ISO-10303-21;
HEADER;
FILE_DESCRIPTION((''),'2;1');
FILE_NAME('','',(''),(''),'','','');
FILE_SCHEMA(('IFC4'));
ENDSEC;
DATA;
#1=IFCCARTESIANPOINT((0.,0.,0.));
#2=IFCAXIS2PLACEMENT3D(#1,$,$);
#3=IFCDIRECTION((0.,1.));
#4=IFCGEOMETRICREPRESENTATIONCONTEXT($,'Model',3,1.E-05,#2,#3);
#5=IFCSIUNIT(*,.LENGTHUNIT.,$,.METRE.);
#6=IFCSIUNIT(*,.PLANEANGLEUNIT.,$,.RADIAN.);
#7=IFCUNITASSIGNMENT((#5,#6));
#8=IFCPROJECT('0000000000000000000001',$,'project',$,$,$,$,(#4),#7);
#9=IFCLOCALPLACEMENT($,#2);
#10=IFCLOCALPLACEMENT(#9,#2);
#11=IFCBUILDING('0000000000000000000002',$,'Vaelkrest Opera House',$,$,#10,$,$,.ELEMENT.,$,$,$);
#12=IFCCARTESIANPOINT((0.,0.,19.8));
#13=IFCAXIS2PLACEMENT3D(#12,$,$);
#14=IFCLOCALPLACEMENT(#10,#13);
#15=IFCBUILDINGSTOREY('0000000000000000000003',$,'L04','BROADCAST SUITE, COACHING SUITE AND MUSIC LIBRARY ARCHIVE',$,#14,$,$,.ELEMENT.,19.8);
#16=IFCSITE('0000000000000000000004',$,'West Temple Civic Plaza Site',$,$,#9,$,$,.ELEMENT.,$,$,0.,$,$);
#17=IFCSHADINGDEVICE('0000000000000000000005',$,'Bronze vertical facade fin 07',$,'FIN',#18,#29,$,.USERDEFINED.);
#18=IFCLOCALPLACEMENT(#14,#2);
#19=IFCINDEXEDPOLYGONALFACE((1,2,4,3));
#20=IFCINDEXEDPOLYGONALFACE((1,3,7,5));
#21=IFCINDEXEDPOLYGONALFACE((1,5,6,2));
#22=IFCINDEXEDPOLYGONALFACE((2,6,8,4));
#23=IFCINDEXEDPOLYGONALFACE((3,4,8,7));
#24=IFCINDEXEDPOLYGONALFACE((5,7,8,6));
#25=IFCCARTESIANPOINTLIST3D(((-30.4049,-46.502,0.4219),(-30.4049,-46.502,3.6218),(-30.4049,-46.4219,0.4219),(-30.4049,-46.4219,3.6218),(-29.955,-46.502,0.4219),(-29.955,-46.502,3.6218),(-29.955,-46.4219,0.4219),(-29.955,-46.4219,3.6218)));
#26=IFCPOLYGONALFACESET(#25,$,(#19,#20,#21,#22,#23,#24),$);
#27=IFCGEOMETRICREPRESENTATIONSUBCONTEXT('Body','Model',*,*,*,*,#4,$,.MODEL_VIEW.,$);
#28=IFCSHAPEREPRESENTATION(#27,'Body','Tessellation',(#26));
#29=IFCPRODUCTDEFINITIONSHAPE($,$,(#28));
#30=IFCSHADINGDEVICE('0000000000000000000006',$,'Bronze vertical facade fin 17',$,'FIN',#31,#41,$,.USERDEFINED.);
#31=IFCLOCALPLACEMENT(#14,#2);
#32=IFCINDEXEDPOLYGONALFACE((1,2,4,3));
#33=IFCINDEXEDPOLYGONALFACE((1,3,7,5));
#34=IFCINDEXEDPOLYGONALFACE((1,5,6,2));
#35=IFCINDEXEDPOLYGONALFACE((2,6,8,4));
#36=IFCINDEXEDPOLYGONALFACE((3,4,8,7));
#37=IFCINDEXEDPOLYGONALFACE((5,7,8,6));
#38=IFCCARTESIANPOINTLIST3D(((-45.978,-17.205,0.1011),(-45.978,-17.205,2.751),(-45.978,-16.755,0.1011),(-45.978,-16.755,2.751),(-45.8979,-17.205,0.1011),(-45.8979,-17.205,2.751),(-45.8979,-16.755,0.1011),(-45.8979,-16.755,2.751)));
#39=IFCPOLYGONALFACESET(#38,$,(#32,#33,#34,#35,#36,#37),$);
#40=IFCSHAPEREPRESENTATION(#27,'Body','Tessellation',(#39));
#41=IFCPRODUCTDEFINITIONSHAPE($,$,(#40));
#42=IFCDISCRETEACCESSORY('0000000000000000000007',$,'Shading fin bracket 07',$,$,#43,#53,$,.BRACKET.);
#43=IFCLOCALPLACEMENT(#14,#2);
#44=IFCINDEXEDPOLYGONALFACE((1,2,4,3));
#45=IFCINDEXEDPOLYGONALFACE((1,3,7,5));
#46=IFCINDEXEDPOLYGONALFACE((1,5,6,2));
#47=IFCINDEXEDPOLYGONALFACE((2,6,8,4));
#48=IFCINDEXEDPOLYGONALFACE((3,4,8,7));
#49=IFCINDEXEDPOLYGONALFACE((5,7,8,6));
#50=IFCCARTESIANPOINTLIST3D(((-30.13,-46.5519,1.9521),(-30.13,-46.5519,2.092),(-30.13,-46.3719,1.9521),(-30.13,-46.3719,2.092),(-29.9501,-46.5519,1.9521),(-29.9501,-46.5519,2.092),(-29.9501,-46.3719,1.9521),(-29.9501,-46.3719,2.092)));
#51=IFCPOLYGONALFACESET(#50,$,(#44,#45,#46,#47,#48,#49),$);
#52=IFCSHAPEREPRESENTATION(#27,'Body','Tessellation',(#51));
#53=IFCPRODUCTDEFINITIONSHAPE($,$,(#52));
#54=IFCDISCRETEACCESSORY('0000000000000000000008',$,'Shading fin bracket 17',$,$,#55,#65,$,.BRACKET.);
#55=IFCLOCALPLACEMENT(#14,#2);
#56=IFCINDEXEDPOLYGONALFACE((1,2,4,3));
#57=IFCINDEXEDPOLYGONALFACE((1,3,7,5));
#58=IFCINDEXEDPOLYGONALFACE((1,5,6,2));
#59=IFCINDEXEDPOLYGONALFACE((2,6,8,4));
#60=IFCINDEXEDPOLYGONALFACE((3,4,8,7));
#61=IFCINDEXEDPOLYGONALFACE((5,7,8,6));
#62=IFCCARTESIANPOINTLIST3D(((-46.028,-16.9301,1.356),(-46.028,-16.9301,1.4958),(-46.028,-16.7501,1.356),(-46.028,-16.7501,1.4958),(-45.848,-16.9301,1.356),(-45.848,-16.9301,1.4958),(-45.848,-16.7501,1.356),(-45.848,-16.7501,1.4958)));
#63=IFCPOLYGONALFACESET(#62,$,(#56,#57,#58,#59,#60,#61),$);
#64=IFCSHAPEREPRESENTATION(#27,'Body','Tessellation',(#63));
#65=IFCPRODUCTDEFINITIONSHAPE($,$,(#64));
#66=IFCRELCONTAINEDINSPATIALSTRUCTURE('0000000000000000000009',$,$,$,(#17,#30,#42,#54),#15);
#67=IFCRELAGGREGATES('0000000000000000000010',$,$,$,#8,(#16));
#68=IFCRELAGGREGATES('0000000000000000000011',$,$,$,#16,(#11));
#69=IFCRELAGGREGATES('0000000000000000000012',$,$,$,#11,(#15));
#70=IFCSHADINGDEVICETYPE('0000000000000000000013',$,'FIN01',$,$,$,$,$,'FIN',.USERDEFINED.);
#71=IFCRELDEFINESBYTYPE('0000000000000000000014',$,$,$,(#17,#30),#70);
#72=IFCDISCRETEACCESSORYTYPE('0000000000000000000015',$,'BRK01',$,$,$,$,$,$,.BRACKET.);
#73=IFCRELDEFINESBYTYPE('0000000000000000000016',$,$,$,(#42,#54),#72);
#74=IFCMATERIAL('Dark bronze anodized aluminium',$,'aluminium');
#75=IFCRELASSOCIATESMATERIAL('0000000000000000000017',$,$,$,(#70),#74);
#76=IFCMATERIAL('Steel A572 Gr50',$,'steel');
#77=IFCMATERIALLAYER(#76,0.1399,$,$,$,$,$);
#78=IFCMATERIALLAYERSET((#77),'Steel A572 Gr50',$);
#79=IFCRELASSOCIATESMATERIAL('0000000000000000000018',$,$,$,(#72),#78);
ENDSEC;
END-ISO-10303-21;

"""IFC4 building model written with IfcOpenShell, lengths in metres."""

from ifc_helpers import new_model, si_unit, direction, frame, origin, origin_2d, place, context, subcontext, project, spatial, rectangle, extrude, material, layer, layer_set, type_object, element, save


model = new_model("IFC4")

# Units and contexts
model_context = context("Model", 3, precision=1e-05, world=origin(), true_north=direction((0.0, 1.0)))
body_context = subcontext(model_context, "Body", "Model", "MODEL_VIEW")
ifc_project = project(units=[si_unit("LENGTHUNIT", "METRE"), si_unit("PLANEANGLEUNIT", "RADIAN")], contexts=[model_context])

# Site, building, storey
site_placement = place(None, origin())
site = spatial("IfcSite", under=ifc_project, at=site_placement, Name="West Temple Civic Plaza Site", CompositionType="ELEMENT", RefElevation=0.0)
building_placement = place(site_placement, origin())
building = spatial("IfcBuilding", under=site, at=building_placement, Name="Vaelkrest Opera House", CompositionType="ELEMENT")
storey_placement = place(building_placement, frame((0.0, 0.0, 19.8)))
storey = spatial("IfcBuildingStorey", under=building, at=storey_placement, Name="L04", Description="BROADCAST SUITE, COACHING SUITE AND MUSIC LIBRARY ARCHIVE", CompositionType="ELEMENT", Elevation=19.8)

# Shared definitions
ifc_material_1 = material(Name="Dark bronze anodized aluminium", Category="aluminium")

# Shading devices
shading_device_type = type_object("IfcShadingDeviceType", Name="FIN01", ElementType="FIN", PredefinedType="USERDEFINED", material=ifc_material_1)
shading_device_1_placement = place(storey_placement, frame((-30.1799, -46.4619, 0.4219), z_axis=(0.0, 0.0, 1.0), x_axis=(-1.0, 0.0, 0.0)))
element("IfcShadingDevice", 1, at=shading_device_1_placement, inside=storey, type_object=shading_device_type, Name="Bronze vertical facade fin 07", ObjectType="FIN", PredefinedType="USERDEFINED", context=body_context, shape_type="SweptSolid", body=[
    extrude(rectangle(XDim=0.45, YDim=0.0801, at=origin_2d()), origin(), (0.0, 0.0, 1.0), 3.2),
])
shading_device_2_placement = place(storey_placement, frame((-45.938, -16.98, 0.1011), z_axis=(0.0, 0.0, 1.0), x_axis=(0.0, -1.0, 0.0)))
element("IfcShadingDevice", 2, at=shading_device_2_placement, inside=storey, type_object=shading_device_type, Name="Bronze vertical facade fin 17", ObjectType="FIN", PredefinedType="USERDEFINED", context=body_context, shape_type="SweptSolid", body=[
    extrude(rectangle(XDim=0.45, YDim=0.0801, at=origin_2d()), origin(), (0.0, 0.0, 1.0), 2.6499),
])

# Discrete accessories
ifc_material_2 = material(Name="Steel A572 Gr50", Category="steel")
ifc_layer_1 = layer(ifc_material_2, 0.1399)
ifc_layer_set_1 = layer_set([ifc_layer_1], Name="Steel A572 Gr50")
discrete_accessory_type = type_object("IfcDiscreteAccessoryType", Name="BRK01", PredefinedType="BRACKET", material=ifc_layer_set_1)
for number, where, z_axis, x_axis, name in (
    (3, (-30.04, -46.4619, 1.9521), (0.0, 0.0, 1.0), (-1.0, 0.0, 0.0), "Shading fin bracket 07"),
    (4, (-45.938, -16.8401, 1.356), (0.0, 0.0, 1.0), (0.0, -1.0, 0.0), "Shading fin bracket 17"),
):
    element("IfcDiscreteAccessory", number, at=place(storey_placement, frame(where, z_axis=z_axis, x_axis=x_axis)), inside=storey, type_object=discrete_accessory_type, Name=name, PredefinedType="BRACKET", context=body_context, shape_type="SweptSolid", body=[
        extrude(rectangle(XDim=0.1799, YDim=0.1799, at=origin_2d()), origin(), (0.0, 0.0, 1.0), 0.1399),
    ])

save(model, "model.ifc")
